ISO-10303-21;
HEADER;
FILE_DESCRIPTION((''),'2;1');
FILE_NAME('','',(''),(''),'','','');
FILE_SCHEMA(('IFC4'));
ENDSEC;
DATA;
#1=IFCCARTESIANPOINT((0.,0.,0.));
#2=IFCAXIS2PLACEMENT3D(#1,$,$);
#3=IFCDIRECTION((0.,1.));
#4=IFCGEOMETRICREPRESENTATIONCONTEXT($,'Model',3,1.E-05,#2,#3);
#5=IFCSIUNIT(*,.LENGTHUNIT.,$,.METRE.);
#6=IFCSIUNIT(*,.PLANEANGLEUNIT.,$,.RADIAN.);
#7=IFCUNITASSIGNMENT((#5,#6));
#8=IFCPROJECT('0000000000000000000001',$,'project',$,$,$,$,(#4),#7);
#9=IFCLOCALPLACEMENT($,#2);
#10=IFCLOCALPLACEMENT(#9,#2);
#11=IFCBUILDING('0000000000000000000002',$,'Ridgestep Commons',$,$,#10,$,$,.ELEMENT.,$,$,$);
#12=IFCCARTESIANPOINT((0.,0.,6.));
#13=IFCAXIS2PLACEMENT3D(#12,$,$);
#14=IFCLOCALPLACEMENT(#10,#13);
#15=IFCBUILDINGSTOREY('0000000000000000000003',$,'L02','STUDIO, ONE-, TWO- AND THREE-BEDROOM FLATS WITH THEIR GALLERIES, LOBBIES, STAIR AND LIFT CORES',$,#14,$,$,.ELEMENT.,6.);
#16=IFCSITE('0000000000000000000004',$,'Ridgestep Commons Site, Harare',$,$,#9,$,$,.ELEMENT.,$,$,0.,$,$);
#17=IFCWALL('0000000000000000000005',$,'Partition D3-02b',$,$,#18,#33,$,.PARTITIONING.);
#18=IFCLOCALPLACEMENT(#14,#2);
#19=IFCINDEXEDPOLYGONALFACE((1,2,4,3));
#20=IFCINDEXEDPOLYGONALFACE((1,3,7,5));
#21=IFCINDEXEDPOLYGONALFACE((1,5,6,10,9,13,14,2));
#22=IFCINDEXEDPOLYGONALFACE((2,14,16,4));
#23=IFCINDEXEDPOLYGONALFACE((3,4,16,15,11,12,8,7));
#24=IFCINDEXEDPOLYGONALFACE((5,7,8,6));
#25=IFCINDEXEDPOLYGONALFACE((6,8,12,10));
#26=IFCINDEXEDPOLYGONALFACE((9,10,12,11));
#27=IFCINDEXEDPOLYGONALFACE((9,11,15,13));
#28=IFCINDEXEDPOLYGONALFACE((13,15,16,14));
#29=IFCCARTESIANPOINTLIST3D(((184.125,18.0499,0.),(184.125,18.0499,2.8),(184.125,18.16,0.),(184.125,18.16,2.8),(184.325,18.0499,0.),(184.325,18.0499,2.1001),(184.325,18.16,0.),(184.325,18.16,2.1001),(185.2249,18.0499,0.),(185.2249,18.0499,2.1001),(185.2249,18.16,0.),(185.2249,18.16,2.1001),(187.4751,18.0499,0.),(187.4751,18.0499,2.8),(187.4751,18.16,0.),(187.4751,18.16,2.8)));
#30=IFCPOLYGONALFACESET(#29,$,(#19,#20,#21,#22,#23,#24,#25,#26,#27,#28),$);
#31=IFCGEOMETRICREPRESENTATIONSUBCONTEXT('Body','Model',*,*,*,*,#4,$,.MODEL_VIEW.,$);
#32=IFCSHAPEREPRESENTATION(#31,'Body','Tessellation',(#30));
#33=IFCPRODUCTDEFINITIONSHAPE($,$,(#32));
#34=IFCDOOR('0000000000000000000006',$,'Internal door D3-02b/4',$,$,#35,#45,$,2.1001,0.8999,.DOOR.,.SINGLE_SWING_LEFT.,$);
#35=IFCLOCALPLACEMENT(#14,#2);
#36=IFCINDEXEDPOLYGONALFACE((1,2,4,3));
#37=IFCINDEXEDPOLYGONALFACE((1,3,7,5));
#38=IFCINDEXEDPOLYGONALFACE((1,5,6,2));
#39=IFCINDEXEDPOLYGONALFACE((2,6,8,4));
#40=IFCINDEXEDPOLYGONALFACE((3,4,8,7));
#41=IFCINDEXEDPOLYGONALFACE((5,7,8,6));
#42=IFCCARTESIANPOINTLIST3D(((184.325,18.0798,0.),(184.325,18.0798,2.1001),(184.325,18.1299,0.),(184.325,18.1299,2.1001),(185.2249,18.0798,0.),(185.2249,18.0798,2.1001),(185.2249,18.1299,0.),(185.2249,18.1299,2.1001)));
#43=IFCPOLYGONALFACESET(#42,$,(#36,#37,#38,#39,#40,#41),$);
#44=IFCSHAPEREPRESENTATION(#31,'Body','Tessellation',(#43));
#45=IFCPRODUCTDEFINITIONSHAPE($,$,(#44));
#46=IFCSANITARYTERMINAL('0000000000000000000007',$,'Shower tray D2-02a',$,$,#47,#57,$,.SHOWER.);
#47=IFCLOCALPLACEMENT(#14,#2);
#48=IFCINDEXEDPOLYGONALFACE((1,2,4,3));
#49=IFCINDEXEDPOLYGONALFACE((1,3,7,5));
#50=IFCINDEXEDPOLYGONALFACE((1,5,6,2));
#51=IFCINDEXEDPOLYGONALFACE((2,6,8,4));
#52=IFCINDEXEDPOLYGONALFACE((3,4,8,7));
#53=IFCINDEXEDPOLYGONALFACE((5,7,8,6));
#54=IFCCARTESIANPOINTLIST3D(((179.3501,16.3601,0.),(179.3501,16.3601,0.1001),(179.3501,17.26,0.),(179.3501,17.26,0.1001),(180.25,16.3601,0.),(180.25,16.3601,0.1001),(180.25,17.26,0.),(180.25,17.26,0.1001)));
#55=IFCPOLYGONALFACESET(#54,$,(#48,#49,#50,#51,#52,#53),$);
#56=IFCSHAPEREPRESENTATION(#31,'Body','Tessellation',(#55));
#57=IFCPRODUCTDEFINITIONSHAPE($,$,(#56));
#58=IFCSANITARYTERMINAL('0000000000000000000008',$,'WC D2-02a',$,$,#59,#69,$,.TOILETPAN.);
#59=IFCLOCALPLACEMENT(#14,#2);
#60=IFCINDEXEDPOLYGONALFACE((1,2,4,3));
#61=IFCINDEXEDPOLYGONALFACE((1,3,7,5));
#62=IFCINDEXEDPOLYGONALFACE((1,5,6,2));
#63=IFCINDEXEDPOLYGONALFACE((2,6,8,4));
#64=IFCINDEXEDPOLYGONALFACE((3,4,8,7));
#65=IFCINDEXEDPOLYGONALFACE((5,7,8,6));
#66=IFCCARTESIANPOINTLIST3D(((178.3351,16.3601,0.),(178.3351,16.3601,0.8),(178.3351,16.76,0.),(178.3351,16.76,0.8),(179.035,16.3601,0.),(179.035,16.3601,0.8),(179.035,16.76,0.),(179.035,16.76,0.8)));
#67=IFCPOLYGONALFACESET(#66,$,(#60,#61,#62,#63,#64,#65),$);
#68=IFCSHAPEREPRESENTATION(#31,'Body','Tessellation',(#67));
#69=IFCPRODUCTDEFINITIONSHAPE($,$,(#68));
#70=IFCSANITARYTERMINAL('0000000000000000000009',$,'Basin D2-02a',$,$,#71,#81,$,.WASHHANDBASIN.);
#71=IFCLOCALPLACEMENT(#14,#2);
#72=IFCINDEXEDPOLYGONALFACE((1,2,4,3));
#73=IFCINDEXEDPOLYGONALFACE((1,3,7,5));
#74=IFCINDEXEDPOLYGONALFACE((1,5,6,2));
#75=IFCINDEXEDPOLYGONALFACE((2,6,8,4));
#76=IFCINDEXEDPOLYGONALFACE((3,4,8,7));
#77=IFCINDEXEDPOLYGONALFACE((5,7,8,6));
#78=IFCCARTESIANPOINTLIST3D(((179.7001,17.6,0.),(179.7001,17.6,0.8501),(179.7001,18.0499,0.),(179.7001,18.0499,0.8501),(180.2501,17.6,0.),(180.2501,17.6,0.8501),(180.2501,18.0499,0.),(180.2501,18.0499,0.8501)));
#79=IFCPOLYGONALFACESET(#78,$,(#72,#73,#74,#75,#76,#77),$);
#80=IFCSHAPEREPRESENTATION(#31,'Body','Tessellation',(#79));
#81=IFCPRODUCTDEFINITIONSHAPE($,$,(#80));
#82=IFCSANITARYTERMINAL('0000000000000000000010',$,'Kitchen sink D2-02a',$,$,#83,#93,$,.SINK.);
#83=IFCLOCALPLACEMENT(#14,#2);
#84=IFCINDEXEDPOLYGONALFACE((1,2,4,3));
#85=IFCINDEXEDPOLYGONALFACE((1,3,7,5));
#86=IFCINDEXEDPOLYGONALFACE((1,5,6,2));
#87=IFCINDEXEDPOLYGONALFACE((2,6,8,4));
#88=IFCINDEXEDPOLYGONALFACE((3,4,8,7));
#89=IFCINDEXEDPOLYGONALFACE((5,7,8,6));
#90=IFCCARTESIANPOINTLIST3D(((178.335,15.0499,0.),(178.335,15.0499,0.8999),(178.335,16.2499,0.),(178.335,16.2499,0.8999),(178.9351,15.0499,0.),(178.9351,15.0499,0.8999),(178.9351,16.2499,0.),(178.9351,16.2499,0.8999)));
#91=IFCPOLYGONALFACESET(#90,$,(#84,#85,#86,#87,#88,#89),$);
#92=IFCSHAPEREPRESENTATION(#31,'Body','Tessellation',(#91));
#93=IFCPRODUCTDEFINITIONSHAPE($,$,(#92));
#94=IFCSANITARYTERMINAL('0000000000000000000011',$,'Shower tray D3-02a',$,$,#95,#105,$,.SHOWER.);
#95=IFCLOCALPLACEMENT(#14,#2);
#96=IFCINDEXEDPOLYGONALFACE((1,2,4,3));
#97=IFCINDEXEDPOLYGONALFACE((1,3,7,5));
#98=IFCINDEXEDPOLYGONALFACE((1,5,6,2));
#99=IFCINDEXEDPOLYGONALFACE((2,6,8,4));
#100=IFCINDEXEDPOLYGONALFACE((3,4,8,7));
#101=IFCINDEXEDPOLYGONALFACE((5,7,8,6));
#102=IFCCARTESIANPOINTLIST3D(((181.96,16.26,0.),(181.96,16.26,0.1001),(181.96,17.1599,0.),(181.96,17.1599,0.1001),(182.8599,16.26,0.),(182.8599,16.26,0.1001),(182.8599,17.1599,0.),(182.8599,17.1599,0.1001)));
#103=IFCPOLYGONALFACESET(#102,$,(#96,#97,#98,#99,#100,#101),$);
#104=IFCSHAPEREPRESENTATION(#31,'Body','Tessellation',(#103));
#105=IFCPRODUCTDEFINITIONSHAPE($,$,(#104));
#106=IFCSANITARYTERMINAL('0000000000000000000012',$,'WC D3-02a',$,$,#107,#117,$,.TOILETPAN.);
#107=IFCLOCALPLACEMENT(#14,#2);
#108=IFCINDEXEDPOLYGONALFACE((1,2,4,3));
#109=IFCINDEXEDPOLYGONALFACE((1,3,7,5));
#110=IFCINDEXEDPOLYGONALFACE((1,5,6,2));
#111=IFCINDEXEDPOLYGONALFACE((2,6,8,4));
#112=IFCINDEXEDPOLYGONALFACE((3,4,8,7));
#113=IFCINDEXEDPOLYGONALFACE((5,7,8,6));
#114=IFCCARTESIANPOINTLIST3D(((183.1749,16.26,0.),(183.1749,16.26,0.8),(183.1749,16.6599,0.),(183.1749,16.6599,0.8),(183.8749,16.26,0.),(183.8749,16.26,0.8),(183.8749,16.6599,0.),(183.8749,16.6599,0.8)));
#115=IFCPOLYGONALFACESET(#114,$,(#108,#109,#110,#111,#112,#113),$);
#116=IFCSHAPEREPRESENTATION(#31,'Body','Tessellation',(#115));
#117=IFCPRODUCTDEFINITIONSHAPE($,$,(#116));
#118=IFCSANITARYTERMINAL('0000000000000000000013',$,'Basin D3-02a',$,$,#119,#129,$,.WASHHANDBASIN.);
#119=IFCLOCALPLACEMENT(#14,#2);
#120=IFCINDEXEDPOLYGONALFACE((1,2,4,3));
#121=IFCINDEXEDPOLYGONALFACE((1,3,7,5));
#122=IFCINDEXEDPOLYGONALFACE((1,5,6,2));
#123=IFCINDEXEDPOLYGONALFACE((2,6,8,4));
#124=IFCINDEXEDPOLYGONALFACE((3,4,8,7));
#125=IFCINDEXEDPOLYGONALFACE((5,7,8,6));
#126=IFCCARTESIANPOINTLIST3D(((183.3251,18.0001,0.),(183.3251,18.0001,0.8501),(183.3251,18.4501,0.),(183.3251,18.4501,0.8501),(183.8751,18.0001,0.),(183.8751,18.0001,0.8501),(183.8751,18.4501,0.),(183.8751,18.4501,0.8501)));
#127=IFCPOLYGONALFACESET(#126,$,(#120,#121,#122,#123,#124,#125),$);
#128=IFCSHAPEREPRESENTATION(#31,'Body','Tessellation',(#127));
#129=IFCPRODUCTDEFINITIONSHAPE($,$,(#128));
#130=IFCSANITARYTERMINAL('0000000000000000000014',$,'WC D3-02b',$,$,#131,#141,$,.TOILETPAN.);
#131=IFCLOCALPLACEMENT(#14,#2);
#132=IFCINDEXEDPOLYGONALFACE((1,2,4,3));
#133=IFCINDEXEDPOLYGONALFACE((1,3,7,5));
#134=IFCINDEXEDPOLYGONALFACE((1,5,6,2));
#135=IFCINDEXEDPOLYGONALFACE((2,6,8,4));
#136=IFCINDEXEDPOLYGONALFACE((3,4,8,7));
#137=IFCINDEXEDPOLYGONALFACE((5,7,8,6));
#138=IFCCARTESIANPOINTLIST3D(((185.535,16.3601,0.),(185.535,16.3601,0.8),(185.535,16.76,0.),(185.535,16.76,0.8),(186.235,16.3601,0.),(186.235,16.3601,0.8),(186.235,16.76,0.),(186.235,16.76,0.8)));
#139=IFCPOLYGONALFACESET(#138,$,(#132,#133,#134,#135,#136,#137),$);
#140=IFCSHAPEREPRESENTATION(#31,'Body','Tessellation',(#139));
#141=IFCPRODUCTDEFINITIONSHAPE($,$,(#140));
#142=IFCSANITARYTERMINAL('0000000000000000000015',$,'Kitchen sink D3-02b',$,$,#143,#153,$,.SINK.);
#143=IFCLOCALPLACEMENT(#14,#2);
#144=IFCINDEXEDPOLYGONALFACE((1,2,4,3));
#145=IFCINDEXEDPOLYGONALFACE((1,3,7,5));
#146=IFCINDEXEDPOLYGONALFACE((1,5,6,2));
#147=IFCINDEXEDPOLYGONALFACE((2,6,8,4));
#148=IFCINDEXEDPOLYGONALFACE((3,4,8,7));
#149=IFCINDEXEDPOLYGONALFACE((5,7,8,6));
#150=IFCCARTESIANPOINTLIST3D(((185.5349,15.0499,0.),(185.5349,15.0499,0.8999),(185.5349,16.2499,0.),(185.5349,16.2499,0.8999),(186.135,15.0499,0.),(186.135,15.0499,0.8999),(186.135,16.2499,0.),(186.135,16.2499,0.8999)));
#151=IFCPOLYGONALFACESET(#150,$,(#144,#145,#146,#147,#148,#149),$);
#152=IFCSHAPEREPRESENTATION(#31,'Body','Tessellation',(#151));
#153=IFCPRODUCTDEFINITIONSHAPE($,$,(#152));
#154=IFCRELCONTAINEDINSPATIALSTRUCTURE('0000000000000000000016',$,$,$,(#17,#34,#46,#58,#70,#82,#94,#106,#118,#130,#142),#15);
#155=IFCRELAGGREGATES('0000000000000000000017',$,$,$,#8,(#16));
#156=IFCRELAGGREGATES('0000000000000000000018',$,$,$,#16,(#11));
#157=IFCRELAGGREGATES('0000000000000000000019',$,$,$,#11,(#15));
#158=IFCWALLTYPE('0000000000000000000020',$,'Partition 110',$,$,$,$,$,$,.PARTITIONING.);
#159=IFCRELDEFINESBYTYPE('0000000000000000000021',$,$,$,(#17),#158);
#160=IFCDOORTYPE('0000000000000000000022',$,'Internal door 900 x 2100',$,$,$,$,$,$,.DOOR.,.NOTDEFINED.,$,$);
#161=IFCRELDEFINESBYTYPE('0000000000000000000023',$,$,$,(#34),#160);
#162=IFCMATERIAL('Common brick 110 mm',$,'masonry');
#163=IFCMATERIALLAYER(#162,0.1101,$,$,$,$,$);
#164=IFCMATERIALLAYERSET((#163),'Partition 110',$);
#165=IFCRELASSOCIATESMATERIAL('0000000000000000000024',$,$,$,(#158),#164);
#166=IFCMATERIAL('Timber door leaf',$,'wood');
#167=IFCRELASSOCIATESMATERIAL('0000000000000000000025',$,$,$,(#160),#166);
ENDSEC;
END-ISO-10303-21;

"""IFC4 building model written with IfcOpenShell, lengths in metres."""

from ifc_helpers import new_model, si_unit, direction, frame, frame_2d, origin, origin_2d, place, context, subcontext, project, spatial, rectangle, extrude, material, layer, layer_set, type_object, element, fill, save


model = new_model("IFC4")

# Units and contexts
model_context = context("Model", 3, precision=1e-05, world=origin(), true_north=direction((0.0, 1.0)))
body_context = subcontext(model_context, "Body", "Model", "MODEL_VIEW")
ifc_project = project(units=[si_unit("LENGTHUNIT", "METRE"), si_unit("PLANEANGLEUNIT", "RADIAN")], contexts=[model_context])

# Site, building, storey
site_placement = place(None, origin())
site = spatial("IfcSite", under=ifc_project, at=site_placement, Name="Ridgestep Commons Site, Harare", CompositionType="ELEMENT", RefElevation=0.0)
building_placement = place(site_placement, origin())
building = spatial("IfcBuilding", under=site, at=building_placement, Name="Ridgestep Commons", CompositionType="ELEMENT")
storey_placement = place(building_placement, frame((0.0, 0.0, 6.0)))
storey = spatial("IfcBuildingStorey", under=building, at=storey_placement, Name="L02", Description="STUDIO, ONE-, TWO- AND THREE-BEDROOM FLATS WITH THEIR GALLERIES, LOBBIES, STAIR AND LIFT CORES", CompositionType="ELEMENT", Elevation=6.0)

# Shared definitions
ifc_material_1 = material(Name="Common brick 110 mm", Category="masonry")
ifc_layer_1 = layer(ifc_material_1, 0.1101)
ifc_layer_set_1 = layer_set([ifc_layer_1], Name="Partition 110")
wall_type_1 = type_object("IfcWallType", Name="Partition 110", PredefinedType="PARTITIONING", material=ifc_layer_set_1)

# Shared definitions
ifc_material_2 = material(Name="Timber door leaf", Category="wood")
door_type_1 = type_object("IfcDoorType", Name="Internal door 900 x 2100", OperationType="NOTDEFINED", PredefinedType="DOOR", material=ifc_material_2)

# Wall, opening, door
wall_1_placement = place(storey_placement, frame((184.125, 18.105, 0.0), z_axis=(0.0, 0.0, 1.0), x_axis=(1.0, 0.0, 0.0)))
wall_1 = element("IfcWall", 1, at=wall_1_placement, inside=storey, type_object=wall_type_1, Name="Partition D3-02b", PredefinedType="PARTITIONING", context=body_context, shape_type="SweptSolid", body=[
    extrude(rectangle(XDim=3.3501, YDim=0.1101, at=frame_2d((1.675, 0.0))), origin(), (0.0, 0.0, 1.0), 2.8),
])
opening_1_placement = place(wall_1_placement, frame((0.2, 0.0, 0.0)))
opening_1 = element("IfcOpeningElement", 2, at=opening_1_placement, cuts=wall_1, PredefinedType="OPENING", context=body_context, shape_type="SweptSolid", body=[
    extrude(rectangle(XDim=0.8999, YDim=2.1001, at=frame_2d((0.45, 1.05))), frame((0.0, 0.0649, 0.0), z_axis=(0.0, -1.0, 0.0), x_axis=(1.0, 0.0, 0.0)), (0.0, 0.0, 1.0), 0.1301),
])
door_1_placement = place(opening_1_placement, origin())
door_1 = element("IfcDoor", 3, at=door_1_placement, inside=storey, type_object=door_type_1, Name="Internal door D3-02b/4", OperationType="SINGLE_SWING_LEFT", OverallHeight=2.1001, OverallWidth=0.8999, PredefinedType="DOOR", context=body_context, shape_type="SweptSolid", body=[
    extrude(rectangle(XDim=0.8999, YDim=2.1001, at=frame_2d((0.45, 1.05))), frame((0.0, 0.0249, 0.0), z_axis=(0.0, -1.0, 0.0), x_axis=(1.0, 0.0, 0.0)), (0.0, 0.0, 1.0), 0.05),
])
fill(opening_1, door_1)

# Sanitary terminals
sanitary_terminal_1_placement = place(storey_placement, frame((179.8, 16.8101, 0.0), z_axis=(0.0, 0.0, 1.0), x_axis=(1.0, 0.0, 0.0)))
element("IfcSanitaryTerminal", 4, at=sanitary_terminal_1_placement, inside=storey, Name="Shower tray D2-02a", PredefinedType="SHOWER", context=body_context, shape_type="SweptSolid", body=[
    extrude(rectangle(XDim=0.8999, YDim=0.8999, at=origin_2d()), origin(), (0.0, 0.0, 1.0), 0.1001),
])
sanitary_terminal_2_placement = place(storey_placement, frame((178.6851, 16.5601, 0.0), z_axis=(0.0, 0.0, 1.0), x_axis=(1.0, 0.0, 0.0)))
element("IfcSanitaryTerminal", 5, at=sanitary_terminal_2_placement, inside=storey, Name="WC D2-02a", PredefinedType="TOILETPAN", context=body_context, shape_type="SweptSolid", body=[
    extrude(rectangle(XDim=0.7, YDim=0.3999, at=origin_2d()), origin(), (0.0, 0.0, 1.0), 0.8),
])
sanitary_terminal_3_placement = place(storey_placement, frame((179.9751, 17.825, 0.0), z_axis=(0.0, 0.0, 1.0), x_axis=(1.0, 0.0, 0.0)))
element("IfcSanitaryTerminal", 6, at=sanitary_terminal_3_placement, inside=storey, Name="Basin D2-02a", PredefinedType="WASHHANDBASIN", context=body_context, shape_type="SweptSolid", body=[
    extrude(rectangle(XDim=0.55, YDim=0.45, at=origin_2d()), origin(), (0.0, 0.0, 1.0), 0.8501),
])
sanitary_terminal_4_placement = place(storey_placement, frame((178.635, 15.6499, 0.0), z_axis=(0.0, 0.0, 1.0), x_axis=(1.0, 0.0, 0.0)))
element("IfcSanitaryTerminal", 7, at=sanitary_terminal_4_placement, inside=storey, Name="Kitchen sink D2-02a", PredefinedType="SINK", context=body_context, shape_type="SweptSolid", body=[
    extrude(rectangle(XDim=0.6001, YDim=1.2, at=origin_2d()), origin(), (0.0, 0.0, 1.0), 0.8999),
])
sanitary_terminal_5_placement = place(storey_placement, frame((182.4099, 16.71, 0.0), z_axis=(0.0, 0.0, 1.0), x_axis=(1.0, 0.0, 0.0)))
element("IfcSanitaryTerminal", 8, at=sanitary_terminal_5_placement, inside=storey, Name="Shower tray D3-02a", PredefinedType="SHOWER", context=body_context, shape_type="SweptSolid", body=[
    extrude(rectangle(XDim=0.8999, YDim=0.8999, at=origin_2d()), origin(), (0.0, 0.0, 1.0), 0.1001),
])
sanitary_terminal_6_placement = place(storey_placement, frame((183.5249, 16.46, 0.0), z_axis=(0.0, 0.0, 1.0), x_axis=(1.0, 0.0, 0.0)))
element("IfcSanitaryTerminal", 9, at=sanitary_terminal_6_placement, inside=storey, Name="WC D3-02a", PredefinedType="TOILETPAN", context=body_context, shape_type="SweptSolid", body=[
    extrude(rectangle(XDim=0.7, YDim=0.3999, at=origin_2d()), origin(), (0.0, 0.0, 1.0), 0.8),
])
sanitary_terminal_7_placement = place(storey_placement, frame((183.6001, 18.2251, 0.0), z_axis=(0.0, 0.0, 1.0), x_axis=(1.0, 0.0, 0.0)))
element("IfcSanitaryTerminal", 10, at=sanitary_terminal_7_placement, inside=storey, Name="Basin D3-02a", PredefinedType="WASHHANDBASIN", context=body_context, shape_type="SweptSolid", body=[
    extrude(rectangle(XDim=0.55, YDim=0.45, at=origin_2d()), origin(), (0.0, 0.0, 1.0), 0.8501),
])
sanitary_terminal_8_placement = place(storey_placement, frame((185.885, 16.5601, 0.0), z_axis=(0.0, 0.0, 1.0), x_axis=(1.0, 0.0, 0.0)))
element("IfcSanitaryTerminal", 11, at=sanitary_terminal_8_placement, inside=storey, Name="WC D3-02b", PredefinedType="TOILETPAN", context=body_context, shape_type="SweptSolid", body=[
    extrude(rectangle(XDim=0.7, YDim=0.3999, at=origin_2d()), origin(), (0.0, 0.0, 1.0), 0.8),
])
sanitary_terminal_9_placement = place(storey_placement, frame((185.835, 15.6499, 0.0), z_axis=(0.0, 0.0, 1.0), x_axis=(1.0, 0.0, 0.0)))
element("IfcSanitaryTerminal", 12, at=sanitary_terminal_9_placement, inside=storey, Name="Kitchen sink D3-02b", PredefinedType="SINK", context=body_context, shape_type="SweptSolid", body=[
    extrude(rectangle(XDim=0.6001, YDim=1.2, at=origin_2d()), origin(), (0.0, 0.0, 1.0), 0.8999),
])

save(model, "model.ifc")
